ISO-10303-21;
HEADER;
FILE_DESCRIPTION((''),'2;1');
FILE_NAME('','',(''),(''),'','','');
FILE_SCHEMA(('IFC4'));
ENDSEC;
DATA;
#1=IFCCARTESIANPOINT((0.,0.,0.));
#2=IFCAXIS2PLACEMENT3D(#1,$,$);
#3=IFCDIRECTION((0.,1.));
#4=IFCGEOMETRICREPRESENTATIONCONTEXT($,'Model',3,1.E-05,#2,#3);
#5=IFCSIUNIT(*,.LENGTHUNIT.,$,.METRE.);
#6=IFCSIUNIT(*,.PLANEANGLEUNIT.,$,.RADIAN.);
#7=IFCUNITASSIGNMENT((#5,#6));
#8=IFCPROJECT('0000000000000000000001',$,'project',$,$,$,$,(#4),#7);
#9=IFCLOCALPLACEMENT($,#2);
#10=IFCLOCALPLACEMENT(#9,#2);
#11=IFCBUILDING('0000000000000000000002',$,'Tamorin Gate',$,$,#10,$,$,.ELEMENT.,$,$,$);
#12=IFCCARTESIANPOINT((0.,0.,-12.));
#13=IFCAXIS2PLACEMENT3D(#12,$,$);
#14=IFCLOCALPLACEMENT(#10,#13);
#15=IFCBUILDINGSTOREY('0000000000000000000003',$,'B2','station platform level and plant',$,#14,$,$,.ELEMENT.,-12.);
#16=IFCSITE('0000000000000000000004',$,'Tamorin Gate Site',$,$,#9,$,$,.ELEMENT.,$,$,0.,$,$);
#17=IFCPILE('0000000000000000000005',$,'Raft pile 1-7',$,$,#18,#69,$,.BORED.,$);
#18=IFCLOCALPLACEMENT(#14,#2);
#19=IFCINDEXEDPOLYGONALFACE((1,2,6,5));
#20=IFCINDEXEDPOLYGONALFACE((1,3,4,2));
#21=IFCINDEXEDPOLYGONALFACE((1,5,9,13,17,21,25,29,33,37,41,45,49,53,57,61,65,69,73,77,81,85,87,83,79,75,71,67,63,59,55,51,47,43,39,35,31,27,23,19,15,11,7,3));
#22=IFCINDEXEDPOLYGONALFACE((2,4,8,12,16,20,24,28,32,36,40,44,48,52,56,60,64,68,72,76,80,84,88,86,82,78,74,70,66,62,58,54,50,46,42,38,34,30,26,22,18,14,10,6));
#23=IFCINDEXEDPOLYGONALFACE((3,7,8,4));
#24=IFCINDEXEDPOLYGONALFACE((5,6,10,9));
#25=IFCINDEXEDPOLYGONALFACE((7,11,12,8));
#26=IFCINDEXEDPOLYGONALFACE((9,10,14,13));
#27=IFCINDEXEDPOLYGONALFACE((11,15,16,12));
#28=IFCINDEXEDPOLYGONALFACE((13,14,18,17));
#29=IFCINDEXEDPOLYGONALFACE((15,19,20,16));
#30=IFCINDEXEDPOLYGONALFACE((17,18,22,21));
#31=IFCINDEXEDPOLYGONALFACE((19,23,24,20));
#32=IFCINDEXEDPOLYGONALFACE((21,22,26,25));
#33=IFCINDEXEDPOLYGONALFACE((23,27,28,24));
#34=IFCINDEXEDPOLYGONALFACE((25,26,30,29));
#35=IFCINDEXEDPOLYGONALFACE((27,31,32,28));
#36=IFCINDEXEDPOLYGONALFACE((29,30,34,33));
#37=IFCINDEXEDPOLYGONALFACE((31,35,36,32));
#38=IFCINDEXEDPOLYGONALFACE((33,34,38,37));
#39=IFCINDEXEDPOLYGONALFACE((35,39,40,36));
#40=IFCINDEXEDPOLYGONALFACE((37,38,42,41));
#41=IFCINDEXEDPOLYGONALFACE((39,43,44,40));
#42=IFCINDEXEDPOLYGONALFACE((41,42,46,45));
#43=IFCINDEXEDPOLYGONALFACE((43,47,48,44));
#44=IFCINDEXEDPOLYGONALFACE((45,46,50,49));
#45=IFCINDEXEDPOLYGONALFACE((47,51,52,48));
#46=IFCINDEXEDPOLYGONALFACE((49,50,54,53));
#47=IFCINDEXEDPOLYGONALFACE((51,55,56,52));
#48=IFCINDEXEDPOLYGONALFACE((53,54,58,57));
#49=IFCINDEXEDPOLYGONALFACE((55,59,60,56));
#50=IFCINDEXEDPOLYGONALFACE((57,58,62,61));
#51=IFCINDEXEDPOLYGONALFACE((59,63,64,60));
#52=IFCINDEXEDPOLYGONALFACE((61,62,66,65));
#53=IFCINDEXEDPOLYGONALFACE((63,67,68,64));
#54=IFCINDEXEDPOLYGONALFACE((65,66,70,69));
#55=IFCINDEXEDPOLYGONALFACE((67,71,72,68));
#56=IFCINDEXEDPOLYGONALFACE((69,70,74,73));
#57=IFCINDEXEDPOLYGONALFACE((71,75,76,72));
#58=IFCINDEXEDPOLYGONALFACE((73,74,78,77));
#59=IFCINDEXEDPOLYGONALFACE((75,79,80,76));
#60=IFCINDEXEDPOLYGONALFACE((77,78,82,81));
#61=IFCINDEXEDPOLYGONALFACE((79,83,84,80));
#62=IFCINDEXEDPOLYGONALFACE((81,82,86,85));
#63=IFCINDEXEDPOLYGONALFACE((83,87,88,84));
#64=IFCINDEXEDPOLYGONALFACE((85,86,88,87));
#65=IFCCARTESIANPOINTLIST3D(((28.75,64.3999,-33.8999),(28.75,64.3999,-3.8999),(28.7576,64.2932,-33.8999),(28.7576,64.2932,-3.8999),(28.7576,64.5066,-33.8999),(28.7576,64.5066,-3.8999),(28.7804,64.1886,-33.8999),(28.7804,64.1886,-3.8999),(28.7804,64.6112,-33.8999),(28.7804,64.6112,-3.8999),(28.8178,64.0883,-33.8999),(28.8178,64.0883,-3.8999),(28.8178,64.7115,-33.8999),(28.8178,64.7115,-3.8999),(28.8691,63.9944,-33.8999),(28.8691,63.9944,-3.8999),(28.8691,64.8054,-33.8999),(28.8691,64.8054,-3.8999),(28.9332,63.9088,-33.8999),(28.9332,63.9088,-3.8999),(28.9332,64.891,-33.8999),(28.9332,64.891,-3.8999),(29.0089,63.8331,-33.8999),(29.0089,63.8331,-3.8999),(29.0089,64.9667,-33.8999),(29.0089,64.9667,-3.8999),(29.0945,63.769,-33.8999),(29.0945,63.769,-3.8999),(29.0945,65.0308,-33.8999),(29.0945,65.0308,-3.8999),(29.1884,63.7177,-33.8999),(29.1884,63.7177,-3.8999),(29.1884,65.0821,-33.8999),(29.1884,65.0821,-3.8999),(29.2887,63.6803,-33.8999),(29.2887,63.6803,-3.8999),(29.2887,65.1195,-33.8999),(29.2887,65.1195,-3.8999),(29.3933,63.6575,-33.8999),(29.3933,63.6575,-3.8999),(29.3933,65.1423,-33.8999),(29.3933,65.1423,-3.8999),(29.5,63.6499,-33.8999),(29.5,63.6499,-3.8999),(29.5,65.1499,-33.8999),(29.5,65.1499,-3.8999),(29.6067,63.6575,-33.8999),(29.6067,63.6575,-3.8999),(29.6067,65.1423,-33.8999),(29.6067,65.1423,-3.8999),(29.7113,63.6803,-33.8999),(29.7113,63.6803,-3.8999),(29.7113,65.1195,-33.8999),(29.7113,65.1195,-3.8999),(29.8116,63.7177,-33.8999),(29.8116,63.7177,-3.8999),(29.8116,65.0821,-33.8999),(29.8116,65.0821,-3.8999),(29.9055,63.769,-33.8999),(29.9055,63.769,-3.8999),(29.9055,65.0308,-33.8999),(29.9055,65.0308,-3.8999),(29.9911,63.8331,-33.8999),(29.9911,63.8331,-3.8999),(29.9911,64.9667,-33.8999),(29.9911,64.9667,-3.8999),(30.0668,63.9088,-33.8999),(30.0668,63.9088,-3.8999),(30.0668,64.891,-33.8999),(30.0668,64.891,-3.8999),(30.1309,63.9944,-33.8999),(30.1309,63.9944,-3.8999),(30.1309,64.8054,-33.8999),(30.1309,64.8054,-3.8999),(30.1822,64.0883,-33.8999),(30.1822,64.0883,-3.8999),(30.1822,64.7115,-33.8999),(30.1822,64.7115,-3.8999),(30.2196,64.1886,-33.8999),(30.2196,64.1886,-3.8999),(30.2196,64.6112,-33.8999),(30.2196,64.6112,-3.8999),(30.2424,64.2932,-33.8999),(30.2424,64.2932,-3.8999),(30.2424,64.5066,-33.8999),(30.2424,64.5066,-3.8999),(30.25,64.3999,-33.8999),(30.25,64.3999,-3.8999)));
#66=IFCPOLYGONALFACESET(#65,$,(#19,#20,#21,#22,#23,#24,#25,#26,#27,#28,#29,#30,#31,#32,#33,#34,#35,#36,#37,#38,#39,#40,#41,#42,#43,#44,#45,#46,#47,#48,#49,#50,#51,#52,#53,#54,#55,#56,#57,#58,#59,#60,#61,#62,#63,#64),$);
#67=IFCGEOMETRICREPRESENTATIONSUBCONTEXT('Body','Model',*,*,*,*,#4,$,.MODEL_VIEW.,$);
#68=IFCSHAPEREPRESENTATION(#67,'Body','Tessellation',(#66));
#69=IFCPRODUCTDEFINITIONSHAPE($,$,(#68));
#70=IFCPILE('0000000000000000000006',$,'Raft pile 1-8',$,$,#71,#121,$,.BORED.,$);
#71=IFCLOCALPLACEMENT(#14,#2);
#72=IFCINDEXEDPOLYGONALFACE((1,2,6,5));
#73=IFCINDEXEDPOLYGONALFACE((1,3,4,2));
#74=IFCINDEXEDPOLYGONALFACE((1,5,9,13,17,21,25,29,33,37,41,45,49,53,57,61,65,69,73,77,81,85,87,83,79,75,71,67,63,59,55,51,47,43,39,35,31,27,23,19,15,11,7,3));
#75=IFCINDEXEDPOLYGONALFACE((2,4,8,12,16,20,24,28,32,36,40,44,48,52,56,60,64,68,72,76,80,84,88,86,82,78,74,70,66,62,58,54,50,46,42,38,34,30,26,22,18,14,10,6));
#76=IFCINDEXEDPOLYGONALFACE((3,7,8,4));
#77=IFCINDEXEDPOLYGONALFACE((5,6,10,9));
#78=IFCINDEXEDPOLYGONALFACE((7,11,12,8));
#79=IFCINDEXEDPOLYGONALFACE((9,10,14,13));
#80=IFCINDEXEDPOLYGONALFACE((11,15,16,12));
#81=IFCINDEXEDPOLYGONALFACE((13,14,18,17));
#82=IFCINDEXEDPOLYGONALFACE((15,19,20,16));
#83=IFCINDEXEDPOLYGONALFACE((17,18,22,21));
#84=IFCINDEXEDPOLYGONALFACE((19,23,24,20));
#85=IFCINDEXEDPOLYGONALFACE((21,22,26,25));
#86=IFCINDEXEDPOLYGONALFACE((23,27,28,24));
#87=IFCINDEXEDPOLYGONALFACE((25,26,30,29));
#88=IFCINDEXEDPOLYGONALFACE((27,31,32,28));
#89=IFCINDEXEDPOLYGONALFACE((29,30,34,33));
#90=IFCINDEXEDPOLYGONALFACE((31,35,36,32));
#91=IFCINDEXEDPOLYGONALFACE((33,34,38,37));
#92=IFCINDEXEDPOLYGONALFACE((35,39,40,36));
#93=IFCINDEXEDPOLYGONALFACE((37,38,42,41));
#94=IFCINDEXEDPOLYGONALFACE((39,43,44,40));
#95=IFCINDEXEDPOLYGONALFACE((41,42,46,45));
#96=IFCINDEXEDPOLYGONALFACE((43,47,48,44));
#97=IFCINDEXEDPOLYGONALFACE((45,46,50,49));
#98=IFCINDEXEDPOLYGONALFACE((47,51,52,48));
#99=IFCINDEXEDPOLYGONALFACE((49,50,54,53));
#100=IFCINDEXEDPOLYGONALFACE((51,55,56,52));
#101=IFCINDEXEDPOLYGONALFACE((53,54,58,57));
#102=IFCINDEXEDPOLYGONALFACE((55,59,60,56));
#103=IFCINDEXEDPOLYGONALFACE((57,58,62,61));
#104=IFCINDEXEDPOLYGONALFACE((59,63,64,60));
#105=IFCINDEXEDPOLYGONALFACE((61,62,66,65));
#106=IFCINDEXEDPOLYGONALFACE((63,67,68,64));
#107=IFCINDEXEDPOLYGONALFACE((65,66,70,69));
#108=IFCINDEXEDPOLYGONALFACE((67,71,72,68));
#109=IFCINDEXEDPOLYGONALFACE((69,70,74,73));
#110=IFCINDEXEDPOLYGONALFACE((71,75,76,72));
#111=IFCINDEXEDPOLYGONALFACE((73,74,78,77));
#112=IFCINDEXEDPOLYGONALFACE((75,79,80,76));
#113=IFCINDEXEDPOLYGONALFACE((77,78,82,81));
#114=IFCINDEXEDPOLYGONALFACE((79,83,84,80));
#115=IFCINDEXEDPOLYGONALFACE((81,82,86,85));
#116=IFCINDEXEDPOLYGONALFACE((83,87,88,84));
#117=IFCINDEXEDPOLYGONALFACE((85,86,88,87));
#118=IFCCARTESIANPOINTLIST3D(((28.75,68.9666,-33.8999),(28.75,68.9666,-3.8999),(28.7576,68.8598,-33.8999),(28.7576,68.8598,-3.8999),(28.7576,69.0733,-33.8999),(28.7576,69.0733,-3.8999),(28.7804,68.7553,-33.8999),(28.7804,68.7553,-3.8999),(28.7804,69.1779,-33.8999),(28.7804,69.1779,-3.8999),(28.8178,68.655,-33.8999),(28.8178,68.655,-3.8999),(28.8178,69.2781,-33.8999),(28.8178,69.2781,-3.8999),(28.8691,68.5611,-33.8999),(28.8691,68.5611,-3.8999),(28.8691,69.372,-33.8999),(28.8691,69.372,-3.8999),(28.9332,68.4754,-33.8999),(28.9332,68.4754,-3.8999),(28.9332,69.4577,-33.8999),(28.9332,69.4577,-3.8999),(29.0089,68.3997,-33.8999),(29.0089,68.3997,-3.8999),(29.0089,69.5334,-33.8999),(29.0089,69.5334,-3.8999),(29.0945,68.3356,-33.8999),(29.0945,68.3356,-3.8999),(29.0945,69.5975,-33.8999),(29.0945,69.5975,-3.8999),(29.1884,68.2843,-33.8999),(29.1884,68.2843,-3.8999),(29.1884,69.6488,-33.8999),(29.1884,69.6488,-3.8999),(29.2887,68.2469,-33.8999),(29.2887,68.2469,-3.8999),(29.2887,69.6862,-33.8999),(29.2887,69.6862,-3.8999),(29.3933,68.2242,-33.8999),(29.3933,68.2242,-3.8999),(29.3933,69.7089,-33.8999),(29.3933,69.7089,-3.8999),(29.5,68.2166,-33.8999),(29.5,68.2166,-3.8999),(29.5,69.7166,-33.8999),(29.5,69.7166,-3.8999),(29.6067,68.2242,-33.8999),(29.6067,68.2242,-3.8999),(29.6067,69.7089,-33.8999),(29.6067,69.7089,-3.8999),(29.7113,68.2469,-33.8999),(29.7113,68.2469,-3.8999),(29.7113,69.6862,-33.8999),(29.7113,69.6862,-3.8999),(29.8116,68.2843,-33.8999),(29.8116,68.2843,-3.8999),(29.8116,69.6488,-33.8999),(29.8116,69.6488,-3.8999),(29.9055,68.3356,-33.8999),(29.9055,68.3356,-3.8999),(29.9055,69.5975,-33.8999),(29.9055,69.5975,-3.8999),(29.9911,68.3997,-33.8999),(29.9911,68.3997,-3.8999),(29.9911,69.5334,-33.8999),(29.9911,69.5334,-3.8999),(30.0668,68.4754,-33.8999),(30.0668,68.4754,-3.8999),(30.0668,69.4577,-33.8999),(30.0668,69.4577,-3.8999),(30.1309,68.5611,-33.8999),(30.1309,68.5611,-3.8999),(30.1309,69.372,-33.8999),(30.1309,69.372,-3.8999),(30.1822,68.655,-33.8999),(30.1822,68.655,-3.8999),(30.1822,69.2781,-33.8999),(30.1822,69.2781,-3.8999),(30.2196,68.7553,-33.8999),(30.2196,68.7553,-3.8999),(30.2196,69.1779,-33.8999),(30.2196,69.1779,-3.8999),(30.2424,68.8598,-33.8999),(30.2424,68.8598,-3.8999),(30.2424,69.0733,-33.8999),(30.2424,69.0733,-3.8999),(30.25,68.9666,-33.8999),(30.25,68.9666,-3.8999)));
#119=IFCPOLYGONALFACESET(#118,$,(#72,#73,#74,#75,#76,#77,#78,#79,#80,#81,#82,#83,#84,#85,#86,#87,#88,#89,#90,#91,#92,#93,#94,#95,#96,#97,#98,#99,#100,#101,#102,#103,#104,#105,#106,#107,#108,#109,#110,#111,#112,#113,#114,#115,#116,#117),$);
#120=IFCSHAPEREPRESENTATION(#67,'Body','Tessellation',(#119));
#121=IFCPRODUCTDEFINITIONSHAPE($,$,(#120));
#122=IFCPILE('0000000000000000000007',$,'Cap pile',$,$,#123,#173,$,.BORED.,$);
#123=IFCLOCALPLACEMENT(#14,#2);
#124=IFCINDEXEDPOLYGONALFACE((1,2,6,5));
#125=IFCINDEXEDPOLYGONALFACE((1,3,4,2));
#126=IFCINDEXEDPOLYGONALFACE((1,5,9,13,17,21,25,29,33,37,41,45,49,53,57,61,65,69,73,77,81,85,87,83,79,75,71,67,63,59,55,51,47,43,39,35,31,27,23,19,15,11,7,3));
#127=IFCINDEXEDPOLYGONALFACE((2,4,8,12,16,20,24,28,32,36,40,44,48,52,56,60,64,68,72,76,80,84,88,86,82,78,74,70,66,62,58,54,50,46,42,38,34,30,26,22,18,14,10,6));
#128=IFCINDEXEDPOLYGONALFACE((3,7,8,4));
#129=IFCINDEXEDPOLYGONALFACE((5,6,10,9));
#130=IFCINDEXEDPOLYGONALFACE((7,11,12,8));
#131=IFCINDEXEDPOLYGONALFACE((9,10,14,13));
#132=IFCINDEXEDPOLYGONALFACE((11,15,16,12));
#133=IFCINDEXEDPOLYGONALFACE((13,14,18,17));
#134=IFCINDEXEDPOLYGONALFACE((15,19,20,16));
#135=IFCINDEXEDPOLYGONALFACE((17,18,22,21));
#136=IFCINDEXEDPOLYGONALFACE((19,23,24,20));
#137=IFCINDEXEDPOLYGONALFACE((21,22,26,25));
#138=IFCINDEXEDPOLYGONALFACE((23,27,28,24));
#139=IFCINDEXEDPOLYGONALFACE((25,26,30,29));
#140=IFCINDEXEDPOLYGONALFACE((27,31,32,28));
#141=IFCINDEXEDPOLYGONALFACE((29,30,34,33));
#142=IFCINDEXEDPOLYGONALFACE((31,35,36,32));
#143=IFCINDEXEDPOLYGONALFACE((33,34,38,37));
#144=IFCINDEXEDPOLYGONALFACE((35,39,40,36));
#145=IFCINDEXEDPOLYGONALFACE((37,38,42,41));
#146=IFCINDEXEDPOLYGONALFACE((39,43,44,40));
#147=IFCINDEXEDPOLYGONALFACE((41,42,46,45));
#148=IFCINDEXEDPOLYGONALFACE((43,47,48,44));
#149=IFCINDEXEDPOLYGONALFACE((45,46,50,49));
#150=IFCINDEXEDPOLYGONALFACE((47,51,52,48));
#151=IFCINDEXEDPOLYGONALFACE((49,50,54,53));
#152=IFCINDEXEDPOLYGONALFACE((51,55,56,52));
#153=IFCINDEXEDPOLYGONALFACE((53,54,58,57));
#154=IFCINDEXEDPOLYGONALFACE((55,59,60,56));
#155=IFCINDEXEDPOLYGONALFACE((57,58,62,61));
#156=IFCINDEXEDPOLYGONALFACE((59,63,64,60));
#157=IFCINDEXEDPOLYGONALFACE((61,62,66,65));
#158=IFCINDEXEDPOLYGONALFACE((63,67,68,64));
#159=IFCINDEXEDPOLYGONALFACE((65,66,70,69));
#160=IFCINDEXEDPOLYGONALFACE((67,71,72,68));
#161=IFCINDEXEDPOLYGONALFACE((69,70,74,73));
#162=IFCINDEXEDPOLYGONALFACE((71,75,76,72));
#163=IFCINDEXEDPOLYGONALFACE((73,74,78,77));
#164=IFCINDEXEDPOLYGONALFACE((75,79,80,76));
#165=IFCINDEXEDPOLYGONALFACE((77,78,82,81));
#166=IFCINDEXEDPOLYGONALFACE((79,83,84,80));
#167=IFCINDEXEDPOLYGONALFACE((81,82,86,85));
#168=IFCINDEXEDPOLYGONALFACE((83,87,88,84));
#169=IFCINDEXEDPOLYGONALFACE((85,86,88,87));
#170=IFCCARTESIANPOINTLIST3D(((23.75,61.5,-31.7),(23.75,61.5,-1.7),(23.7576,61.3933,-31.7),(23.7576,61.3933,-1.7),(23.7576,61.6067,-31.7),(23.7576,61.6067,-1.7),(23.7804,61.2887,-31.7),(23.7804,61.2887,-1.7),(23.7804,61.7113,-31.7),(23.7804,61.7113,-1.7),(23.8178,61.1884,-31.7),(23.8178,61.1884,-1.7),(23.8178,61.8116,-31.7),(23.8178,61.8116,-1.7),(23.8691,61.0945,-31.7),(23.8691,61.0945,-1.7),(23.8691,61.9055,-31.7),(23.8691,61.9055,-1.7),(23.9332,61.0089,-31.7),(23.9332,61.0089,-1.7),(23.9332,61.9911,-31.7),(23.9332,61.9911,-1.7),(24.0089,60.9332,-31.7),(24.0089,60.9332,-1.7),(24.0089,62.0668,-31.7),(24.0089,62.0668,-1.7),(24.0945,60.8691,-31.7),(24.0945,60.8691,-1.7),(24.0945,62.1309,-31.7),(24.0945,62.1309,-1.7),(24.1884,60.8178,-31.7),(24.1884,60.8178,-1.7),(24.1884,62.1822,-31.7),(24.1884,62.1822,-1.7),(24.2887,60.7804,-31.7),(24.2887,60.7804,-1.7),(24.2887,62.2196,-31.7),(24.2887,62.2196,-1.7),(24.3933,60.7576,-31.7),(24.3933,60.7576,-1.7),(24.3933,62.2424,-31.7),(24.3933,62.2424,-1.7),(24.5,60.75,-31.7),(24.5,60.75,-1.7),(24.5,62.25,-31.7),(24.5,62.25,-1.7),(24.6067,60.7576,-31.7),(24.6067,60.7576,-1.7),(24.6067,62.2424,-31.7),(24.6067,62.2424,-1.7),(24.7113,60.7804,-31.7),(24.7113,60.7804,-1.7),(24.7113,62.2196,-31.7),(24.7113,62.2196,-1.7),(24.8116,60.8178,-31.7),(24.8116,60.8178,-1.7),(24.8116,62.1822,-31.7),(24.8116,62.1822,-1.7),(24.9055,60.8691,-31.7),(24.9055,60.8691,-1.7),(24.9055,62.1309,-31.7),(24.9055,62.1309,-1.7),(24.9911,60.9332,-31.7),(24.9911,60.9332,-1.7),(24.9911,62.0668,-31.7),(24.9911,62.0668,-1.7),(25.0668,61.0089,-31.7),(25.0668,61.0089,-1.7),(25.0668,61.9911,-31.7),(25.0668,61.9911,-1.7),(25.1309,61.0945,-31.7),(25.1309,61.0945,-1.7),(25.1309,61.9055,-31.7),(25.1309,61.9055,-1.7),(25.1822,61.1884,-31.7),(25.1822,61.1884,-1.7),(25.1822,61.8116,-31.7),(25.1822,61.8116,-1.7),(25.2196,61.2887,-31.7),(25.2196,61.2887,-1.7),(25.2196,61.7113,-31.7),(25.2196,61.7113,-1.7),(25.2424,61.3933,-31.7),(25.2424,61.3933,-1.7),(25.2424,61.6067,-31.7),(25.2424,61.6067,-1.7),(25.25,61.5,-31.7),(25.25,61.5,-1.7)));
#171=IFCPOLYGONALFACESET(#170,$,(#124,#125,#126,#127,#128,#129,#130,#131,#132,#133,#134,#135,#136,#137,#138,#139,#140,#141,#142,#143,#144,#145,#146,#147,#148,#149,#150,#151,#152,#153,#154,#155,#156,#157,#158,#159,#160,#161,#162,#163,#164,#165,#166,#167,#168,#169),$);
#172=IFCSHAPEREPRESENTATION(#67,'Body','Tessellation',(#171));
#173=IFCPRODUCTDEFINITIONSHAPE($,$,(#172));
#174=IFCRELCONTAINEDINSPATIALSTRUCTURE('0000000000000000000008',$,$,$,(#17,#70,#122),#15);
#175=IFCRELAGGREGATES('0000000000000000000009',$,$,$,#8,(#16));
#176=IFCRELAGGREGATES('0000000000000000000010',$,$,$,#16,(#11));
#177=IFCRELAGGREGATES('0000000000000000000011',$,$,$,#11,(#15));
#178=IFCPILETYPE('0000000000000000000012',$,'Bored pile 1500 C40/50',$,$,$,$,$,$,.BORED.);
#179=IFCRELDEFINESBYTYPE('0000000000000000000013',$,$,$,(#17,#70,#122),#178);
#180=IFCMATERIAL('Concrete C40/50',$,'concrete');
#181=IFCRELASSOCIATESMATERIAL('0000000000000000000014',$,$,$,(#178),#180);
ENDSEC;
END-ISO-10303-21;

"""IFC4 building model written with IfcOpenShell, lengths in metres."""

from ifc_helpers import new_model, si_unit, direction, frame, origin, origin_2d, place, context, subcontext, project, spatial, circle, extrude, material, material_profile, profile_set, type_object, element, save


model = new_model("IFC4")

# Units and contexts
model_context = context("Model", 3, precision=1e-05, world=origin(), true_north=direction((0.0, 1.0)))
body_context = subcontext(model_context, "Body", "Model", "MODEL_VIEW")
ifc_project = project(units=[si_unit("LENGTHUNIT", "METRE"), si_unit("PLANEANGLEUNIT", "RADIAN")], contexts=[model_context])

# Site, building, storey
site_placement = place(None, origin())
site = spatial("IfcSite", under=ifc_project, at=site_placement, Name="Tamorin Gate Site", CompositionType="ELEMENT", RefElevation=0.0)
building_placement = place(site_placement, origin())
building = spatial("IfcBuilding", under=site, at=building_placement, Name="Tamorin Gate", CompositionType="ELEMENT")
storey_placement = place(building_placement, frame((0.0, 0.0, -12.0)))
storey = spatial("IfcBuildingStorey", under=building, at=storey_placement, Name="B2", Description="station platform level and plant", CompositionType="ELEMENT", Elevation=-12.0)

# Piles
ifc_material_1 = material(Name="Concrete C40/50", Category="concrete")
ifc_material_profile_1 = material_profile(ifc_material_1, circle(Radius=0.75, at=origin_2d()))
ifc_profile_set_1 = profile_set([ifc_material_profile_1], Name="Concrete C40/50")
pile_type = type_object("IfcPileType", Name="Bored pile 1500 C40/50", PredefinedType="BORED", material=ifc_profile_set_1)
for number, where, z_axis, x_axis, name in (
    (1, (29.5, 64.3999, -3.8999), (0.0, 0.0, -1.0), (1.0, 0.0, 0.0), "Raft pile 1-7"),
    (2, (29.5, 68.9666, -3.8999), (0.0, 0.0, -1.0), (1.0, 0.0, 0.0), "Raft pile 1-8"),
    (3, (24.5, 61.5, -1.7), (0.0, 0.0, -1.0), (1.0, 0.0, 0.0), "Cap pile"),
):
    element("IfcPile", number, at=place(storey_placement, frame(where, z_axis=z_axis, x_axis=x_axis)), inside=storey, type_object=pile_type, Name=name, PredefinedType="BORED", context=body_context, shape_type="SweptSolid", body=[
        extrude(circle(Radius=0.75, at=origin_2d()), origin(), (0.0, 0.0, 1.0), 30.0),
    ])

save(model, "model.ifc")
